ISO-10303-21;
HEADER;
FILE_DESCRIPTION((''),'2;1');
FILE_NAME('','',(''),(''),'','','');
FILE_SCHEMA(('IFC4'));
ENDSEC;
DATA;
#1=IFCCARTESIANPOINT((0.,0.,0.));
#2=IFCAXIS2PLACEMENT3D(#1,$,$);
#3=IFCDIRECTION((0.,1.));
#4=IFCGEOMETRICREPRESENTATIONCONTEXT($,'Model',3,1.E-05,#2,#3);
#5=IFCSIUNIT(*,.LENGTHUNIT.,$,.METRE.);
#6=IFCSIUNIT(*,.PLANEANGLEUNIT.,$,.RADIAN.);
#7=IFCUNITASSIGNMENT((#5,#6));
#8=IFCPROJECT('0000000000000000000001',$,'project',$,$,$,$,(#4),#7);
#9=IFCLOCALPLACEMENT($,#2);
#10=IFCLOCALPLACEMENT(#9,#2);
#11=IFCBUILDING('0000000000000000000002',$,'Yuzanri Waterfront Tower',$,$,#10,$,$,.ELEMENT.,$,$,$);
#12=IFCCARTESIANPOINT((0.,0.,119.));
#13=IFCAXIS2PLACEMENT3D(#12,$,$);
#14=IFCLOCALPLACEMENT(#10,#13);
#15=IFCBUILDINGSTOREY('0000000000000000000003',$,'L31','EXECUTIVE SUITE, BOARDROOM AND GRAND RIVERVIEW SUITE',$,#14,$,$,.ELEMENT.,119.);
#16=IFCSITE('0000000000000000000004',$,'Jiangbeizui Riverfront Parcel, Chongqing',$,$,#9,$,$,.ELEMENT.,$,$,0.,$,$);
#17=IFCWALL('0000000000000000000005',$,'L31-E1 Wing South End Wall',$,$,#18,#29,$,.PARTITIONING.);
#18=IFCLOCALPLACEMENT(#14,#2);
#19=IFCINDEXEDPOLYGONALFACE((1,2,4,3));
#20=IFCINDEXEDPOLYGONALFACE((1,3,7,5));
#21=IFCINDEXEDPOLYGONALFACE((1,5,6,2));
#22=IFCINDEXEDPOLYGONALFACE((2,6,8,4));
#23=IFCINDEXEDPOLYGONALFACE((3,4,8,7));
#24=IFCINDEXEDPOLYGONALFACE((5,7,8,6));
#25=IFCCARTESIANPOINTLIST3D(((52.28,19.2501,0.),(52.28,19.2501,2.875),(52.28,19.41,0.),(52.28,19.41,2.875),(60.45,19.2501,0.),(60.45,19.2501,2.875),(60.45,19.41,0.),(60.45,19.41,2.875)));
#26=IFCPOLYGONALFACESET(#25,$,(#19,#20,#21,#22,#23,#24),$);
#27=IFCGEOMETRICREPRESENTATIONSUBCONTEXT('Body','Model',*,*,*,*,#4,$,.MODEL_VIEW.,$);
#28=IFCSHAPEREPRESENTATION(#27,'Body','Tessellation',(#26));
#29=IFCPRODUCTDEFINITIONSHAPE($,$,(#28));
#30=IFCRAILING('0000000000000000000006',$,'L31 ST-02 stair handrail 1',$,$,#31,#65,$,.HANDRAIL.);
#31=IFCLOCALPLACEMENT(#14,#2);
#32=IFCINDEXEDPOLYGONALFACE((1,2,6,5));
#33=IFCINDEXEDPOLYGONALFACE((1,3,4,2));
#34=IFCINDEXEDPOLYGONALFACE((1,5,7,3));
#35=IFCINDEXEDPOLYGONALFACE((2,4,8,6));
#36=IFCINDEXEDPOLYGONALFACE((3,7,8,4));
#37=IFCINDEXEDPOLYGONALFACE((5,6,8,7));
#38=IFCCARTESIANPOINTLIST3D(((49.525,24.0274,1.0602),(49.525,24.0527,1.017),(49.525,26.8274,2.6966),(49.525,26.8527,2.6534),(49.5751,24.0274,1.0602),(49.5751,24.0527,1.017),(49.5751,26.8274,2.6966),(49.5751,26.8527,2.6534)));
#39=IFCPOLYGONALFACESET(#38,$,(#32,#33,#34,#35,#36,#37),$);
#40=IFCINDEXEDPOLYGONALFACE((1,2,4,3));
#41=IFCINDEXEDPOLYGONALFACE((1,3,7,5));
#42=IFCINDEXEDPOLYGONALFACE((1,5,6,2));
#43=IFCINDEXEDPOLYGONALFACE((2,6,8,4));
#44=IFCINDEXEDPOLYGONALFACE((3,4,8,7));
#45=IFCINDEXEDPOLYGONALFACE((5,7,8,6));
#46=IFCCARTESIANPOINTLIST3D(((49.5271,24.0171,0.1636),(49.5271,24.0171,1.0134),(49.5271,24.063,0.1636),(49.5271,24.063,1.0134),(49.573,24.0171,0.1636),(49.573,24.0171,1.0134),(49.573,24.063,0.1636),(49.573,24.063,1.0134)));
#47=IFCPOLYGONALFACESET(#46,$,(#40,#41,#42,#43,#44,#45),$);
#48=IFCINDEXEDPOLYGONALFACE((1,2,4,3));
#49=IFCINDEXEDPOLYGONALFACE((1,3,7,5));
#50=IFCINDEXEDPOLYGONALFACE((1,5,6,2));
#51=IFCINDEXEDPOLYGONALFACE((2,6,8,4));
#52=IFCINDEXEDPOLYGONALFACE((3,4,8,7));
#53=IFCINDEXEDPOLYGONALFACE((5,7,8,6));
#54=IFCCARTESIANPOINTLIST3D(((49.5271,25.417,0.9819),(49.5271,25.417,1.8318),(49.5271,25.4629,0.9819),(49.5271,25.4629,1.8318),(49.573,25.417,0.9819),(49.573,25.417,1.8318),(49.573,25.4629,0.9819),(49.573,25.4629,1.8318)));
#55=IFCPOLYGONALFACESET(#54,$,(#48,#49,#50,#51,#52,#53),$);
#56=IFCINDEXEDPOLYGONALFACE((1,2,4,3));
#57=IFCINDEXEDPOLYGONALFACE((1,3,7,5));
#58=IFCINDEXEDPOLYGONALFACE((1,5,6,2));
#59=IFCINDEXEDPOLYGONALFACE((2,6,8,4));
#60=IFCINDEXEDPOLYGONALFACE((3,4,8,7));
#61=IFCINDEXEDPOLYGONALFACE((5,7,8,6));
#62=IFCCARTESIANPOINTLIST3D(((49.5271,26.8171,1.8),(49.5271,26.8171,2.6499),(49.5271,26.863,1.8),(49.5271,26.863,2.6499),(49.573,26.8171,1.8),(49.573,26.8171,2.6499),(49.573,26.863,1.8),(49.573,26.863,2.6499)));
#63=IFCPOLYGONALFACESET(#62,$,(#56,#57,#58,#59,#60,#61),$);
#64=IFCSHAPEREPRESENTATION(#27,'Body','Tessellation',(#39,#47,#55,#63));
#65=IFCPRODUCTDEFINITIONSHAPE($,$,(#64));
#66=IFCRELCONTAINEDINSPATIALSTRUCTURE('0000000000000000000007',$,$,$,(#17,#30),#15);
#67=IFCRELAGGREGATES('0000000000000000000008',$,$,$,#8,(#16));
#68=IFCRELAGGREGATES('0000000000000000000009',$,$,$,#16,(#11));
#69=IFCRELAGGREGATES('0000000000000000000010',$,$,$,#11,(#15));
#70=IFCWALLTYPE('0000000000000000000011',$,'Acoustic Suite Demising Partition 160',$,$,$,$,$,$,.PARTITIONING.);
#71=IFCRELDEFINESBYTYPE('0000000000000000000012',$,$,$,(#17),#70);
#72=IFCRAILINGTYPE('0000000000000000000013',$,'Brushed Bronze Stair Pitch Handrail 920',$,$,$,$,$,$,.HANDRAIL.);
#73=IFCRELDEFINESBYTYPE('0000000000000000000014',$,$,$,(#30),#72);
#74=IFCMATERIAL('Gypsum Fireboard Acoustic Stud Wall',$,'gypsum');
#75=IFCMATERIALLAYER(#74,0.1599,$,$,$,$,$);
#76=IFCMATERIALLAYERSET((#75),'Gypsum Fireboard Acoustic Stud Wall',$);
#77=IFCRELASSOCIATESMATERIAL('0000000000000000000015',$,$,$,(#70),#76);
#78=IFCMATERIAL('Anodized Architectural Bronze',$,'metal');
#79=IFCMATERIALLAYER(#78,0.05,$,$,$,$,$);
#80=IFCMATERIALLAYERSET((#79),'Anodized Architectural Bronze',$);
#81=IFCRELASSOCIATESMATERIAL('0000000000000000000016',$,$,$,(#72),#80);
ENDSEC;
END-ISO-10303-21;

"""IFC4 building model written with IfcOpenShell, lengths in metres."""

from ifc_helpers import new_model, si_unit, direction, frame, frame_2d, origin, origin_2d, place, context, subcontext, project, spatial, rectangle, extrude, source, transform, mapped, material, layer, layer_set, type_object, element, save


model = new_model("IFC4")

# Units and contexts
model_context = context("Model", 3, precision=1e-05, world=origin(), true_north=direction((0.0, 1.0)))
body_context = subcontext(model_context, "Body", "Model", "MODEL_VIEW")
ifc_project = project(units=[si_unit("LENGTHUNIT", "METRE"), si_unit("PLANEANGLEUNIT", "RADIAN")], contexts=[model_context])

# Site, building, storey
site_placement = place(None, origin())
site = spatial("IfcSite", under=ifc_project, at=site_placement, Name="Jiangbeizui Riverfront Parcel, Chongqing", CompositionType="ELEMENT", RefElevation=0.0)
building_placement = place(site_placement, origin())
building = spatial("IfcBuilding", under=site, at=building_placement, Name="Yuzanri Waterfront Tower", CompositionType="ELEMENT")
storey_placement = place(building_placement, frame((0.0, 0.0, 119.0)))
storey = spatial("IfcBuildingStorey", under=building, at=storey_placement, Name="L31", Description="EXECUTIVE SUITE, BOARDROOM AND GRAND RIVERVIEW SUITE", CompositionType="ELEMENT", Elevation=119.0)

# Wall
ifc_material_1 = material(Name="Gypsum Fireboard Acoustic Stud Wall", Category="gypsum")
ifc_layer_1 = layer(ifc_material_1, 0.1599)
ifc_layer_set_1 = layer_set([ifc_layer_1], Name="Gypsum Fireboard Acoustic Stud Wall")
wall_type_1 = type_object("IfcWallType", Name="Acoustic Suite Demising Partition 160", PredefinedType="PARTITIONING", material=ifc_layer_set_1)
shared_shape_1 = source(origin(), body_context, "Body", "SweptSolid", [
    extrude(rectangle(XDim=8.1699, YDim=0.1599, at=frame_2d((4.085, 0.0))), origin(), (0.0, 0.0, 1.0), 2.875),
])
wall_1_placement = place(storey_placement, frame((52.28, 19.3301, 0.0), z_axis=(0.0, 0.0, 1.0), x_axis=(1.0, 0.0, 0.0)))
element("IfcWall", 1, at=wall_1_placement, inside=storey, type_object=wall_type_1, Name="L31-E1 Wing South End Wall", PredefinedType="PARTITIONING", context=body_context, shape_type="MappedRepresentation", body=[
    mapped(shared_shape_1, transform((0.0, 0.0, 0.0), scale=1.0)),
])

# Railing
ifc_material_2 = material(Name="Anodized Architectural Bronze", Category="metal")
ifc_layer_2 = layer(ifc_material_2, 0.05)
ifc_layer_set_2 = layer_set([ifc_layer_2], Name="Anodized Architectural Bronze")
railing_type = type_object("IfcRailingType", Name="Brushed Bronze Stair Pitch Handrail 920", PredefinedType="HANDRAIL", material=ifc_layer_set_2)
shared_shape_2 = source(origin(), body_context, "Body", "SweptSolid", [
    extrude(rectangle(XDim=0.05, YDim=0.05, at=origin_2d()), frame((0.0, 0.0, 0.875), z_axis=(0.0, 0.863361, 0.504587), x_axis=(-1.0, 0.0, 0.0)), (0.0, 0.0, 1.0), 3.2432),
    extrude(rectangle(XDim=0.0459, YDim=0.0459, at=origin_2d()), origin(), (0.0, 0.0, 1.0), 0.8499),
    extrude(rectangle(XDim=0.0459, YDim=0.0459, at=origin_2d()), frame((0.0, 1.3999, 0.8184)), (0.0, 0.0, 1.0), 0.8499),
    extrude(rectangle(XDim=0.0459, YDim=0.0459, at=origin_2d()), frame((0.0, 2.8, 1.6365)), (0.0, 0.0, 1.0), 0.8499),
])
railing_placement = place(storey_placement, frame((49.55, 24.04, 0.1636)))
element("IfcRailing", 2, at=railing_placement, inside=storey, type_object=railing_type, Name="L31 ST-02 stair handrail 1", PredefinedType="HANDRAIL", context=body_context, shape_type="MappedRepresentation", body=[
    mapped(shared_shape_2, transform((0.0, 0.0, 0.0), scale=1.0)),
])

save(model, "model.ifc")
